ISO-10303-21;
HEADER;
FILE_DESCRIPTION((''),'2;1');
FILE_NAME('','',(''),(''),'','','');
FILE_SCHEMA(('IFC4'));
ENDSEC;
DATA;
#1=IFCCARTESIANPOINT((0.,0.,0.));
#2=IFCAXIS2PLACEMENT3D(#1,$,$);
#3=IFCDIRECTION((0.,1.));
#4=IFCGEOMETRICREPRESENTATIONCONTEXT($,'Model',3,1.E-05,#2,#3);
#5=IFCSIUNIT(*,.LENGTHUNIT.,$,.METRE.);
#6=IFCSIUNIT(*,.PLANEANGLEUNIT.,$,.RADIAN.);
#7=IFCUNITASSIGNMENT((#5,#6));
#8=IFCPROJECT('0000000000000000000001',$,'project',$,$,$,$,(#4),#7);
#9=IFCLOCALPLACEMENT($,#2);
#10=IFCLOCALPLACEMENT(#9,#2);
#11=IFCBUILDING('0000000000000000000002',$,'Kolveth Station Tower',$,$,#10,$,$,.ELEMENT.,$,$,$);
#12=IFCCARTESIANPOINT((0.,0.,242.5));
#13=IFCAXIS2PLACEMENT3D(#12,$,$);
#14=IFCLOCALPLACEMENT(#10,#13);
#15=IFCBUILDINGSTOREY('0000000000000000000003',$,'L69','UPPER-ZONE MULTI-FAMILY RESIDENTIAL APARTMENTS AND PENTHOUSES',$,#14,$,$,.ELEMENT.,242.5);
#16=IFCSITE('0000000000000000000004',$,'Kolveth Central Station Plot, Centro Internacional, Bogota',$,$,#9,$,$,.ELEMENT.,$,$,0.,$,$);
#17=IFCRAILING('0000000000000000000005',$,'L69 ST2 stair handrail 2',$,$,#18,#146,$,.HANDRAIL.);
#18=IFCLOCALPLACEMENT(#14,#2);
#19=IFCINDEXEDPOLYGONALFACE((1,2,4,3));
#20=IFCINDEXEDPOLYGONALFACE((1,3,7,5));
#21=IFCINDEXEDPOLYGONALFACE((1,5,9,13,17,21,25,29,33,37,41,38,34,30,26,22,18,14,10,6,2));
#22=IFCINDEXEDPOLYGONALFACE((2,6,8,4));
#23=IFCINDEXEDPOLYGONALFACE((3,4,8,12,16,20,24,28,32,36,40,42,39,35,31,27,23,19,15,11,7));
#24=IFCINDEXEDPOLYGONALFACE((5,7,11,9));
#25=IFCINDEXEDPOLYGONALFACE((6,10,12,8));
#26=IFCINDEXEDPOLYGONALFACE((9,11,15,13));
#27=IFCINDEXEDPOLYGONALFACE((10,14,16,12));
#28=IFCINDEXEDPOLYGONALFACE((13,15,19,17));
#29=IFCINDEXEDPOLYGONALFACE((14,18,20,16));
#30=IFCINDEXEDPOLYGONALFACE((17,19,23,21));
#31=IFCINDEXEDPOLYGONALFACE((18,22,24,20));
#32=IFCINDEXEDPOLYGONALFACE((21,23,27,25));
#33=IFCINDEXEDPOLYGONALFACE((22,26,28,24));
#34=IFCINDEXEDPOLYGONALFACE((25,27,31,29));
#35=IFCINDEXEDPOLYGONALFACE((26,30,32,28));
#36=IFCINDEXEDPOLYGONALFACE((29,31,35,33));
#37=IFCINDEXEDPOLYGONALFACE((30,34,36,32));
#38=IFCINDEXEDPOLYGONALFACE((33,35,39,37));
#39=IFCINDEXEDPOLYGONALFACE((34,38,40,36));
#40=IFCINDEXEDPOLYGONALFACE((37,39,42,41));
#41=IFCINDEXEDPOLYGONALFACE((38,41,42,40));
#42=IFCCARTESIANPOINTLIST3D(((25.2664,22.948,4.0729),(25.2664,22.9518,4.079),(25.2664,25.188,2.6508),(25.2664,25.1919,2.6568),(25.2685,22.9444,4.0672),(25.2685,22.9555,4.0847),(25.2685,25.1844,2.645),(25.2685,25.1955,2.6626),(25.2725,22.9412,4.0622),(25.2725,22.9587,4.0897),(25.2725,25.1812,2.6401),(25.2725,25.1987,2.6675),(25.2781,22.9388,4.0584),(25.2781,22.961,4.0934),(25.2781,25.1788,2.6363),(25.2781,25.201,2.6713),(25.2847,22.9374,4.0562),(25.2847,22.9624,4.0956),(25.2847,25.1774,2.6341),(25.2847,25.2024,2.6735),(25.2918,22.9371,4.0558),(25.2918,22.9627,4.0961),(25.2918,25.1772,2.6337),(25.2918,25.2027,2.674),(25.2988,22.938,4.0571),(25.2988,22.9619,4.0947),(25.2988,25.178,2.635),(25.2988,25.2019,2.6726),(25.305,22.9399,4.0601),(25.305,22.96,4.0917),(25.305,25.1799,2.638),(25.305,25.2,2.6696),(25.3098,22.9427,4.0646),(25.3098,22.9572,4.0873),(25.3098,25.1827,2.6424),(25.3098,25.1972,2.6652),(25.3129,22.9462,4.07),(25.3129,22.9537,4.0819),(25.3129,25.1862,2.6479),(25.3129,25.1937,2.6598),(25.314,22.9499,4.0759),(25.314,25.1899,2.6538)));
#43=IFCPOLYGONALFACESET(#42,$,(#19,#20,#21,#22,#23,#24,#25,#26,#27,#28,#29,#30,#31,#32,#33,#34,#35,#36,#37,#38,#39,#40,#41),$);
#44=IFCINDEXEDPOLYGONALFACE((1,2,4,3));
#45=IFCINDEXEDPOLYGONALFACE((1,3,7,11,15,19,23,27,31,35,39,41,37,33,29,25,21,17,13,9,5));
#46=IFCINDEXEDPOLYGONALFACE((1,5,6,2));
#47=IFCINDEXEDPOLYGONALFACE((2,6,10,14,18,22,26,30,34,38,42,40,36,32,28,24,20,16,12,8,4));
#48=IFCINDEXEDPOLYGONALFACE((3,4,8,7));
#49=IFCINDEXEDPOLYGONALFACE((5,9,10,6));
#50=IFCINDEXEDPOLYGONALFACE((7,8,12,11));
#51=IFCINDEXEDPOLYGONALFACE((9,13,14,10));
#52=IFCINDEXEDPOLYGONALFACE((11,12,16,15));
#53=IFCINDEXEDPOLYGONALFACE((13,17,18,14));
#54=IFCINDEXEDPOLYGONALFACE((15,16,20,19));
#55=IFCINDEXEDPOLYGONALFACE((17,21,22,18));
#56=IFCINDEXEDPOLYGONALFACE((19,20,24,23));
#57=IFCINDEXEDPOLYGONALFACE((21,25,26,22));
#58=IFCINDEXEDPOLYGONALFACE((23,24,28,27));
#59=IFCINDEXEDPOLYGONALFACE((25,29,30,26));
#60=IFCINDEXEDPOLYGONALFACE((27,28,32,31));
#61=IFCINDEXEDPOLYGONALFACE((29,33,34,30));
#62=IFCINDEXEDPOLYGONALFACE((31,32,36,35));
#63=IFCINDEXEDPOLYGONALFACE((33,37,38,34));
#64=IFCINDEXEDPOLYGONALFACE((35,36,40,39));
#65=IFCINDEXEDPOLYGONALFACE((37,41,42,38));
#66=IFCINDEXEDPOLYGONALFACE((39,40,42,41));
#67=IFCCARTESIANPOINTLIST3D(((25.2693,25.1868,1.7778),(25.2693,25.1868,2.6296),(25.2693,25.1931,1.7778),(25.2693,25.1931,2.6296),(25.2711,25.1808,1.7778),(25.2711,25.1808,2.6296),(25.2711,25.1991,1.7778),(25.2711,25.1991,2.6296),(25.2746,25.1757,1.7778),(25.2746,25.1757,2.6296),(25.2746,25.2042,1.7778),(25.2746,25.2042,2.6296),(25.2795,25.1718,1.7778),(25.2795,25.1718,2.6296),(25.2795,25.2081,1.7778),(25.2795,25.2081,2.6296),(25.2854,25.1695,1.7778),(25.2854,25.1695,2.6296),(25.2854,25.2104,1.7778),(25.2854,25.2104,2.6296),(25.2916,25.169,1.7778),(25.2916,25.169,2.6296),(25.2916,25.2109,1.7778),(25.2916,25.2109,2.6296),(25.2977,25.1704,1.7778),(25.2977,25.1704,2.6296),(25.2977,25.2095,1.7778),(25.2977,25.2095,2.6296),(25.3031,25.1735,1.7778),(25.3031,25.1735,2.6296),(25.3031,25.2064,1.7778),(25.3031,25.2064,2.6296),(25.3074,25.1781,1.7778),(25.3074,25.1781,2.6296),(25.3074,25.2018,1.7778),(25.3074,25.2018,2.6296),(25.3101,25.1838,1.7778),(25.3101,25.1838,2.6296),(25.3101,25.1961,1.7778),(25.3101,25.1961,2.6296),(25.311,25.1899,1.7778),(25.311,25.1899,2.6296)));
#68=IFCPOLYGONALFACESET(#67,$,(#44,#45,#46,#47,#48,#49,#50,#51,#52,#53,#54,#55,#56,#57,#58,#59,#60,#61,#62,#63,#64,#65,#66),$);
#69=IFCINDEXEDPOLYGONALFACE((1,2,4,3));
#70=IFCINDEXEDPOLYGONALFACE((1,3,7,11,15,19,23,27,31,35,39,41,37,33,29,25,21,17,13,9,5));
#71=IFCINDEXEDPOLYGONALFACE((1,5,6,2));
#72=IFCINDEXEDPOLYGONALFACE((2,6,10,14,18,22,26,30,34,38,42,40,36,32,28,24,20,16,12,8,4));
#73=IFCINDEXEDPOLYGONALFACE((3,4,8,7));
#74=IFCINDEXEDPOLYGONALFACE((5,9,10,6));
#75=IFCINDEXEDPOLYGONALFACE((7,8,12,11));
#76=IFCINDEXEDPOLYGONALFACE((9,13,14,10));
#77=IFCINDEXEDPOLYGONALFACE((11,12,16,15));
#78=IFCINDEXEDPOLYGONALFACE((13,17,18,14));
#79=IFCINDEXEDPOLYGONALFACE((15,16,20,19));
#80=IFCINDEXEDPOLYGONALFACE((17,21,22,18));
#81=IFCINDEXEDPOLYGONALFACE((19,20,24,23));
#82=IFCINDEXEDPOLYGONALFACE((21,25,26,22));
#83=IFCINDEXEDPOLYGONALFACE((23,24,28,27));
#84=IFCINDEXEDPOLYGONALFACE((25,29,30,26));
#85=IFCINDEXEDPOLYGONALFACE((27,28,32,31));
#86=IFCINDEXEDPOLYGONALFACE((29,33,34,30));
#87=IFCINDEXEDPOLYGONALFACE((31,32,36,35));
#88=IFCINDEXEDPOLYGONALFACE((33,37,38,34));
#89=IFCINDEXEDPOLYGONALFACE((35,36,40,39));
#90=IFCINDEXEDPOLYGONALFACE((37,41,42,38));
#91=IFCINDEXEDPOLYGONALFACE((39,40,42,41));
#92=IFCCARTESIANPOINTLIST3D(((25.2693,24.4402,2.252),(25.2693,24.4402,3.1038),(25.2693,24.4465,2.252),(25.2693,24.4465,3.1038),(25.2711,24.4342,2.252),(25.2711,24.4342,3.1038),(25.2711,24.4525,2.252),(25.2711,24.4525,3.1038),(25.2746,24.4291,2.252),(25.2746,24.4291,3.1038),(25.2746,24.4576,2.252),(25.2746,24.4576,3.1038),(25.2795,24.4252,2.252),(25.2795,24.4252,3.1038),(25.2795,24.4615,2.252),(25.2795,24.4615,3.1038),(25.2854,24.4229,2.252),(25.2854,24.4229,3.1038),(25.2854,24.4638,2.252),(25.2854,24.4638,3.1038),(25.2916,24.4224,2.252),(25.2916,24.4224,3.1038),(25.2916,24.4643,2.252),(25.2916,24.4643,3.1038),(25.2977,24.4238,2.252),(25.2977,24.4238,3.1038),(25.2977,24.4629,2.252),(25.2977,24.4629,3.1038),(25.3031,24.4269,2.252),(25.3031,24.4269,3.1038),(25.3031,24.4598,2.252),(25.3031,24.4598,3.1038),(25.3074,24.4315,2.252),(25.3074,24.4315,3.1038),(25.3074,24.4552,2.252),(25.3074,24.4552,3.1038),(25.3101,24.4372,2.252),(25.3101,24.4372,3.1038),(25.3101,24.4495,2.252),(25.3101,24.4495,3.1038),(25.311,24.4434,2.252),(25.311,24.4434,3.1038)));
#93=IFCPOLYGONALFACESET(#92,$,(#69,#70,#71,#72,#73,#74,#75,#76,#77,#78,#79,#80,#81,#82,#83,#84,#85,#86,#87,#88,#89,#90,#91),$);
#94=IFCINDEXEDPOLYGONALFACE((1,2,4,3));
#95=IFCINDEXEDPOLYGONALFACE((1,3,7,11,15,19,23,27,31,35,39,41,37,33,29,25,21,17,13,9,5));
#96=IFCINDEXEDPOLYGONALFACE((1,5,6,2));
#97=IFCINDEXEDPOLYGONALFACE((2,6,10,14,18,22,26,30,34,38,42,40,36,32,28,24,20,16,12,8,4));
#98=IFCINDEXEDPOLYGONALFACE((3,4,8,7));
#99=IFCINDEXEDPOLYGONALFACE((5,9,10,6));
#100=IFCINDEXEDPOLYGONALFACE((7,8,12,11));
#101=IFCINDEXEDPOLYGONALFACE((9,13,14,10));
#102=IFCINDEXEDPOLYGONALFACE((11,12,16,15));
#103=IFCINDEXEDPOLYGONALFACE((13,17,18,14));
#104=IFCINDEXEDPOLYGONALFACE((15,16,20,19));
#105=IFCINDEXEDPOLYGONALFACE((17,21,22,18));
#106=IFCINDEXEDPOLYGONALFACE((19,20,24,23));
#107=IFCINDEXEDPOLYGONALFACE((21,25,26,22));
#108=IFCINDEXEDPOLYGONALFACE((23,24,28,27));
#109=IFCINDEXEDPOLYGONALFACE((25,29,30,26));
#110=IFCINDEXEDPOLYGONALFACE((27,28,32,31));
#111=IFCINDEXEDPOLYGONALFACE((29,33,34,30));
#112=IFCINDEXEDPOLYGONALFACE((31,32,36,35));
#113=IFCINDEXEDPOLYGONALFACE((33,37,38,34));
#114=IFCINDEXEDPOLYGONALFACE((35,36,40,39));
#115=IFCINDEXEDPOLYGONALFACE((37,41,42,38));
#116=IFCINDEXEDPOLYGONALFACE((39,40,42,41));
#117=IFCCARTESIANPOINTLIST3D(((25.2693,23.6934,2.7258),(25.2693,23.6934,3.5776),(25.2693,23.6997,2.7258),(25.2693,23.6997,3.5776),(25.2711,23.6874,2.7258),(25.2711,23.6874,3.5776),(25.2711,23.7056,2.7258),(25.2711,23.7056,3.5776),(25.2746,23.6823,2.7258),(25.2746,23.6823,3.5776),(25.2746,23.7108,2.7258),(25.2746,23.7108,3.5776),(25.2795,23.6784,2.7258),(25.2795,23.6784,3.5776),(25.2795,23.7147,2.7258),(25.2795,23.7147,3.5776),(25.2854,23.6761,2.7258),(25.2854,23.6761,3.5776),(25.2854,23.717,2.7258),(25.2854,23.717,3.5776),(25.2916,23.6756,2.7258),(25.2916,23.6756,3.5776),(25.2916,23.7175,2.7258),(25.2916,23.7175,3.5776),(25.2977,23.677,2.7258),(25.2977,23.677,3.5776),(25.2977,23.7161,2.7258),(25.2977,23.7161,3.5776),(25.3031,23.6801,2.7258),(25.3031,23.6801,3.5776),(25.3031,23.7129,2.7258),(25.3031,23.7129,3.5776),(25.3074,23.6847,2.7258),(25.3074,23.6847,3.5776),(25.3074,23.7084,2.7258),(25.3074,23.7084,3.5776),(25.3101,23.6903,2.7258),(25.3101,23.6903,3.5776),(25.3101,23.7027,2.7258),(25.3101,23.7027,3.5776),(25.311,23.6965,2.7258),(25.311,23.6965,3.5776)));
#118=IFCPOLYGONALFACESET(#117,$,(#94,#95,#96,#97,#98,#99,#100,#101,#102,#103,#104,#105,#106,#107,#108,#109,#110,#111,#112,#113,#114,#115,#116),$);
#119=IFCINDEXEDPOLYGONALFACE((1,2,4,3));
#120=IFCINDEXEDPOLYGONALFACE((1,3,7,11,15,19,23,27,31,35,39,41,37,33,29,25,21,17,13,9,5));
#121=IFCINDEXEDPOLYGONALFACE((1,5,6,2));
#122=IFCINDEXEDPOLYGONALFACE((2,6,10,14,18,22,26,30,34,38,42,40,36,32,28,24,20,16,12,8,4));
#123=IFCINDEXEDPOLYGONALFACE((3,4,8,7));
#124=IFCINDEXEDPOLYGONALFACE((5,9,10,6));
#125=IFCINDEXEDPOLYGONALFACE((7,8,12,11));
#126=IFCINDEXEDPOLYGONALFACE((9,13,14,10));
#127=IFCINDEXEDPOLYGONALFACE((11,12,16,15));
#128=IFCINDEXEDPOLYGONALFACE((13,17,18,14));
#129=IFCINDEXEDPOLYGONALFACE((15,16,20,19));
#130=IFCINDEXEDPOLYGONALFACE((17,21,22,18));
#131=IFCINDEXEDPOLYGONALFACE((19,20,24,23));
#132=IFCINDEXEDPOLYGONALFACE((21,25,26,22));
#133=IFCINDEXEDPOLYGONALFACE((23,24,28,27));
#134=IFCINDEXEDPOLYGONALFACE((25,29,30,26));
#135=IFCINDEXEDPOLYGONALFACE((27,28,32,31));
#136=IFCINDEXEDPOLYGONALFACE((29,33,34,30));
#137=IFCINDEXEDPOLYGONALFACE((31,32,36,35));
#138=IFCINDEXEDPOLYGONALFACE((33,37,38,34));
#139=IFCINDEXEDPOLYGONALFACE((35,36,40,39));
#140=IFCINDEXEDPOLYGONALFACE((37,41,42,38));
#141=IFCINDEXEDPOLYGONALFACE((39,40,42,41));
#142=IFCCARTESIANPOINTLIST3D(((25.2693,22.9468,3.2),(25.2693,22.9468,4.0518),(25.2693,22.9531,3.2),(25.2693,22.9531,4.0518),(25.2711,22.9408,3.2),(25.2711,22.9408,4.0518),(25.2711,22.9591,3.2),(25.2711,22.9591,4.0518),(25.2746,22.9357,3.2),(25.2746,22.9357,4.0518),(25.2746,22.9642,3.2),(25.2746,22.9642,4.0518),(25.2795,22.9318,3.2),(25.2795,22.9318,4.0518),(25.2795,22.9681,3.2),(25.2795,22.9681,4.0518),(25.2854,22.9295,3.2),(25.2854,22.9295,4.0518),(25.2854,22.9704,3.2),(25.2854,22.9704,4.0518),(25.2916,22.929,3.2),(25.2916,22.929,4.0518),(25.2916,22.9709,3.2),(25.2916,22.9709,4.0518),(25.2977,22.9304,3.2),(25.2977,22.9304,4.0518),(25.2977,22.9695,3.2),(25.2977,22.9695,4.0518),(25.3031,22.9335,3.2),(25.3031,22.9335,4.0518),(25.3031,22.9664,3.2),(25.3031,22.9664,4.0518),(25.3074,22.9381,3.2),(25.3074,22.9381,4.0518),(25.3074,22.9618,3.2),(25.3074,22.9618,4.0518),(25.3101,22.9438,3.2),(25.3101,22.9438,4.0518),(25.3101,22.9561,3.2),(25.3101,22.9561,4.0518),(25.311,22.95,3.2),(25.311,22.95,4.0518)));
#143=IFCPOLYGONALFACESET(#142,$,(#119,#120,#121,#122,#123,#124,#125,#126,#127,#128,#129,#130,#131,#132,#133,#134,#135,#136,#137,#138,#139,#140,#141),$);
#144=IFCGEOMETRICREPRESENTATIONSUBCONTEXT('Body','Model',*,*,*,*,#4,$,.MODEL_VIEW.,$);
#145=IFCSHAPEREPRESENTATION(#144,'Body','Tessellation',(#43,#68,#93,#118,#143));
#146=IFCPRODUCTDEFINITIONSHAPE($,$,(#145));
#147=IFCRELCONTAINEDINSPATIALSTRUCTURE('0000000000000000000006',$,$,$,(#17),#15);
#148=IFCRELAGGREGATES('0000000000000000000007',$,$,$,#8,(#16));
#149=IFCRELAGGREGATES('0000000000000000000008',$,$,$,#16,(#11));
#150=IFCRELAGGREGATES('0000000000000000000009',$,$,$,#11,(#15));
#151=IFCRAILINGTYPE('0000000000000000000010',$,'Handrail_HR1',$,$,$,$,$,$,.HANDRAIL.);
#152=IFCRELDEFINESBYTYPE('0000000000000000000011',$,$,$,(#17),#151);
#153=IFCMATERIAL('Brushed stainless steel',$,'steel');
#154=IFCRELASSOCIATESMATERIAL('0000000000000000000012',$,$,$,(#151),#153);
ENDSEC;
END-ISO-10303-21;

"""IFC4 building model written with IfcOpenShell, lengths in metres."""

from ifc_helpers import new_model, si_unit, direction, frame, origin, origin_2d, place, context, subcontext, project, spatial, circle, extrude, material, type_object, element, save


model = new_model("IFC4")

# Units and contexts
model_context = context("Model", 3, precision=1e-05, world=origin(), true_north=direction((0.0, 1.0)))
body_context = subcontext(model_context, "Body", "Model", "MODEL_VIEW")
ifc_project = project(units=[si_unit("LENGTHUNIT", "METRE"), si_unit("PLANEANGLEUNIT", "RADIAN")], contexts=[model_context])

# Site, building, storey
site_placement = place(None, origin())
site = spatial("IfcSite", under=ifc_project, at=site_placement, Name="Kolveth Central Station Plot, Centro Internacional, Bogota", CompositionType="ELEMENT", RefElevation=0.0)
building_placement = place(site_placement, origin())
building = spatial("IfcBuilding", under=site, at=building_placement, Name="Kolveth Station Tower", CompositionType="ELEMENT")
storey_placement = place(building_placement, frame((0.0, 0.0, 242.5)))
storey = spatial("IfcBuildingStorey", under=building, at=storey_placement, Name="L69", Description="UPPER-ZONE MULTI-FAMILY RESIDENTIAL APARTMENTS AND PENTHOUSES", CompositionType="ELEMENT", Elevation=242.5)

# Railing
ifc_material_1 = material(Name="Brushed stainless steel", Category="steel")
railing_type_1 = type_object("IfcRailingType", Name="Handrail_HR1", PredefinedType="HANDRAIL", material=ifc_material_1)
railing_1_placement = place(storey_placement, frame((25.29, 25.1899, 1.7778)))
element("IfcRailing", 1, at=railing_1_placement, inside=storey, type_object=railing_type_1, Name="L69 ST2 stair handrail 2", PredefinedType="HANDRAIL", context=body_context, shape_type="SweptSolid", body=[
    extrude(circle(Radius=0.0239, at=origin_2d()), frame((0.0, 0.0, 0.876), z_axis=(0.0, -0.844229, 0.535982), x_axis=(1.0, 0.0, 0.0)), (0.0, 0.0, 1.0), 2.6533),
    extrude(circle(Radius=0.021, at=origin_2d()), origin(), (0.0, 0.0, 1.0), 0.8518),
    extrude(circle(Radius=0.021, at=origin_2d()), frame((0.0, -0.7466, 0.4741)), (0.0, 0.0, 1.0), 0.8518),
    extrude(circle(Radius=0.021, at=origin_2d()), frame((0.0, -1.4934, 0.948)), (0.0, 0.0, 1.0), 0.8518),
    extrude(circle(Radius=0.021, at=origin_2d()), frame((0.0, -2.24, 1.4221)), (0.0, 0.0, 1.0), 0.8518),
])

save(model, "model.ifc")
